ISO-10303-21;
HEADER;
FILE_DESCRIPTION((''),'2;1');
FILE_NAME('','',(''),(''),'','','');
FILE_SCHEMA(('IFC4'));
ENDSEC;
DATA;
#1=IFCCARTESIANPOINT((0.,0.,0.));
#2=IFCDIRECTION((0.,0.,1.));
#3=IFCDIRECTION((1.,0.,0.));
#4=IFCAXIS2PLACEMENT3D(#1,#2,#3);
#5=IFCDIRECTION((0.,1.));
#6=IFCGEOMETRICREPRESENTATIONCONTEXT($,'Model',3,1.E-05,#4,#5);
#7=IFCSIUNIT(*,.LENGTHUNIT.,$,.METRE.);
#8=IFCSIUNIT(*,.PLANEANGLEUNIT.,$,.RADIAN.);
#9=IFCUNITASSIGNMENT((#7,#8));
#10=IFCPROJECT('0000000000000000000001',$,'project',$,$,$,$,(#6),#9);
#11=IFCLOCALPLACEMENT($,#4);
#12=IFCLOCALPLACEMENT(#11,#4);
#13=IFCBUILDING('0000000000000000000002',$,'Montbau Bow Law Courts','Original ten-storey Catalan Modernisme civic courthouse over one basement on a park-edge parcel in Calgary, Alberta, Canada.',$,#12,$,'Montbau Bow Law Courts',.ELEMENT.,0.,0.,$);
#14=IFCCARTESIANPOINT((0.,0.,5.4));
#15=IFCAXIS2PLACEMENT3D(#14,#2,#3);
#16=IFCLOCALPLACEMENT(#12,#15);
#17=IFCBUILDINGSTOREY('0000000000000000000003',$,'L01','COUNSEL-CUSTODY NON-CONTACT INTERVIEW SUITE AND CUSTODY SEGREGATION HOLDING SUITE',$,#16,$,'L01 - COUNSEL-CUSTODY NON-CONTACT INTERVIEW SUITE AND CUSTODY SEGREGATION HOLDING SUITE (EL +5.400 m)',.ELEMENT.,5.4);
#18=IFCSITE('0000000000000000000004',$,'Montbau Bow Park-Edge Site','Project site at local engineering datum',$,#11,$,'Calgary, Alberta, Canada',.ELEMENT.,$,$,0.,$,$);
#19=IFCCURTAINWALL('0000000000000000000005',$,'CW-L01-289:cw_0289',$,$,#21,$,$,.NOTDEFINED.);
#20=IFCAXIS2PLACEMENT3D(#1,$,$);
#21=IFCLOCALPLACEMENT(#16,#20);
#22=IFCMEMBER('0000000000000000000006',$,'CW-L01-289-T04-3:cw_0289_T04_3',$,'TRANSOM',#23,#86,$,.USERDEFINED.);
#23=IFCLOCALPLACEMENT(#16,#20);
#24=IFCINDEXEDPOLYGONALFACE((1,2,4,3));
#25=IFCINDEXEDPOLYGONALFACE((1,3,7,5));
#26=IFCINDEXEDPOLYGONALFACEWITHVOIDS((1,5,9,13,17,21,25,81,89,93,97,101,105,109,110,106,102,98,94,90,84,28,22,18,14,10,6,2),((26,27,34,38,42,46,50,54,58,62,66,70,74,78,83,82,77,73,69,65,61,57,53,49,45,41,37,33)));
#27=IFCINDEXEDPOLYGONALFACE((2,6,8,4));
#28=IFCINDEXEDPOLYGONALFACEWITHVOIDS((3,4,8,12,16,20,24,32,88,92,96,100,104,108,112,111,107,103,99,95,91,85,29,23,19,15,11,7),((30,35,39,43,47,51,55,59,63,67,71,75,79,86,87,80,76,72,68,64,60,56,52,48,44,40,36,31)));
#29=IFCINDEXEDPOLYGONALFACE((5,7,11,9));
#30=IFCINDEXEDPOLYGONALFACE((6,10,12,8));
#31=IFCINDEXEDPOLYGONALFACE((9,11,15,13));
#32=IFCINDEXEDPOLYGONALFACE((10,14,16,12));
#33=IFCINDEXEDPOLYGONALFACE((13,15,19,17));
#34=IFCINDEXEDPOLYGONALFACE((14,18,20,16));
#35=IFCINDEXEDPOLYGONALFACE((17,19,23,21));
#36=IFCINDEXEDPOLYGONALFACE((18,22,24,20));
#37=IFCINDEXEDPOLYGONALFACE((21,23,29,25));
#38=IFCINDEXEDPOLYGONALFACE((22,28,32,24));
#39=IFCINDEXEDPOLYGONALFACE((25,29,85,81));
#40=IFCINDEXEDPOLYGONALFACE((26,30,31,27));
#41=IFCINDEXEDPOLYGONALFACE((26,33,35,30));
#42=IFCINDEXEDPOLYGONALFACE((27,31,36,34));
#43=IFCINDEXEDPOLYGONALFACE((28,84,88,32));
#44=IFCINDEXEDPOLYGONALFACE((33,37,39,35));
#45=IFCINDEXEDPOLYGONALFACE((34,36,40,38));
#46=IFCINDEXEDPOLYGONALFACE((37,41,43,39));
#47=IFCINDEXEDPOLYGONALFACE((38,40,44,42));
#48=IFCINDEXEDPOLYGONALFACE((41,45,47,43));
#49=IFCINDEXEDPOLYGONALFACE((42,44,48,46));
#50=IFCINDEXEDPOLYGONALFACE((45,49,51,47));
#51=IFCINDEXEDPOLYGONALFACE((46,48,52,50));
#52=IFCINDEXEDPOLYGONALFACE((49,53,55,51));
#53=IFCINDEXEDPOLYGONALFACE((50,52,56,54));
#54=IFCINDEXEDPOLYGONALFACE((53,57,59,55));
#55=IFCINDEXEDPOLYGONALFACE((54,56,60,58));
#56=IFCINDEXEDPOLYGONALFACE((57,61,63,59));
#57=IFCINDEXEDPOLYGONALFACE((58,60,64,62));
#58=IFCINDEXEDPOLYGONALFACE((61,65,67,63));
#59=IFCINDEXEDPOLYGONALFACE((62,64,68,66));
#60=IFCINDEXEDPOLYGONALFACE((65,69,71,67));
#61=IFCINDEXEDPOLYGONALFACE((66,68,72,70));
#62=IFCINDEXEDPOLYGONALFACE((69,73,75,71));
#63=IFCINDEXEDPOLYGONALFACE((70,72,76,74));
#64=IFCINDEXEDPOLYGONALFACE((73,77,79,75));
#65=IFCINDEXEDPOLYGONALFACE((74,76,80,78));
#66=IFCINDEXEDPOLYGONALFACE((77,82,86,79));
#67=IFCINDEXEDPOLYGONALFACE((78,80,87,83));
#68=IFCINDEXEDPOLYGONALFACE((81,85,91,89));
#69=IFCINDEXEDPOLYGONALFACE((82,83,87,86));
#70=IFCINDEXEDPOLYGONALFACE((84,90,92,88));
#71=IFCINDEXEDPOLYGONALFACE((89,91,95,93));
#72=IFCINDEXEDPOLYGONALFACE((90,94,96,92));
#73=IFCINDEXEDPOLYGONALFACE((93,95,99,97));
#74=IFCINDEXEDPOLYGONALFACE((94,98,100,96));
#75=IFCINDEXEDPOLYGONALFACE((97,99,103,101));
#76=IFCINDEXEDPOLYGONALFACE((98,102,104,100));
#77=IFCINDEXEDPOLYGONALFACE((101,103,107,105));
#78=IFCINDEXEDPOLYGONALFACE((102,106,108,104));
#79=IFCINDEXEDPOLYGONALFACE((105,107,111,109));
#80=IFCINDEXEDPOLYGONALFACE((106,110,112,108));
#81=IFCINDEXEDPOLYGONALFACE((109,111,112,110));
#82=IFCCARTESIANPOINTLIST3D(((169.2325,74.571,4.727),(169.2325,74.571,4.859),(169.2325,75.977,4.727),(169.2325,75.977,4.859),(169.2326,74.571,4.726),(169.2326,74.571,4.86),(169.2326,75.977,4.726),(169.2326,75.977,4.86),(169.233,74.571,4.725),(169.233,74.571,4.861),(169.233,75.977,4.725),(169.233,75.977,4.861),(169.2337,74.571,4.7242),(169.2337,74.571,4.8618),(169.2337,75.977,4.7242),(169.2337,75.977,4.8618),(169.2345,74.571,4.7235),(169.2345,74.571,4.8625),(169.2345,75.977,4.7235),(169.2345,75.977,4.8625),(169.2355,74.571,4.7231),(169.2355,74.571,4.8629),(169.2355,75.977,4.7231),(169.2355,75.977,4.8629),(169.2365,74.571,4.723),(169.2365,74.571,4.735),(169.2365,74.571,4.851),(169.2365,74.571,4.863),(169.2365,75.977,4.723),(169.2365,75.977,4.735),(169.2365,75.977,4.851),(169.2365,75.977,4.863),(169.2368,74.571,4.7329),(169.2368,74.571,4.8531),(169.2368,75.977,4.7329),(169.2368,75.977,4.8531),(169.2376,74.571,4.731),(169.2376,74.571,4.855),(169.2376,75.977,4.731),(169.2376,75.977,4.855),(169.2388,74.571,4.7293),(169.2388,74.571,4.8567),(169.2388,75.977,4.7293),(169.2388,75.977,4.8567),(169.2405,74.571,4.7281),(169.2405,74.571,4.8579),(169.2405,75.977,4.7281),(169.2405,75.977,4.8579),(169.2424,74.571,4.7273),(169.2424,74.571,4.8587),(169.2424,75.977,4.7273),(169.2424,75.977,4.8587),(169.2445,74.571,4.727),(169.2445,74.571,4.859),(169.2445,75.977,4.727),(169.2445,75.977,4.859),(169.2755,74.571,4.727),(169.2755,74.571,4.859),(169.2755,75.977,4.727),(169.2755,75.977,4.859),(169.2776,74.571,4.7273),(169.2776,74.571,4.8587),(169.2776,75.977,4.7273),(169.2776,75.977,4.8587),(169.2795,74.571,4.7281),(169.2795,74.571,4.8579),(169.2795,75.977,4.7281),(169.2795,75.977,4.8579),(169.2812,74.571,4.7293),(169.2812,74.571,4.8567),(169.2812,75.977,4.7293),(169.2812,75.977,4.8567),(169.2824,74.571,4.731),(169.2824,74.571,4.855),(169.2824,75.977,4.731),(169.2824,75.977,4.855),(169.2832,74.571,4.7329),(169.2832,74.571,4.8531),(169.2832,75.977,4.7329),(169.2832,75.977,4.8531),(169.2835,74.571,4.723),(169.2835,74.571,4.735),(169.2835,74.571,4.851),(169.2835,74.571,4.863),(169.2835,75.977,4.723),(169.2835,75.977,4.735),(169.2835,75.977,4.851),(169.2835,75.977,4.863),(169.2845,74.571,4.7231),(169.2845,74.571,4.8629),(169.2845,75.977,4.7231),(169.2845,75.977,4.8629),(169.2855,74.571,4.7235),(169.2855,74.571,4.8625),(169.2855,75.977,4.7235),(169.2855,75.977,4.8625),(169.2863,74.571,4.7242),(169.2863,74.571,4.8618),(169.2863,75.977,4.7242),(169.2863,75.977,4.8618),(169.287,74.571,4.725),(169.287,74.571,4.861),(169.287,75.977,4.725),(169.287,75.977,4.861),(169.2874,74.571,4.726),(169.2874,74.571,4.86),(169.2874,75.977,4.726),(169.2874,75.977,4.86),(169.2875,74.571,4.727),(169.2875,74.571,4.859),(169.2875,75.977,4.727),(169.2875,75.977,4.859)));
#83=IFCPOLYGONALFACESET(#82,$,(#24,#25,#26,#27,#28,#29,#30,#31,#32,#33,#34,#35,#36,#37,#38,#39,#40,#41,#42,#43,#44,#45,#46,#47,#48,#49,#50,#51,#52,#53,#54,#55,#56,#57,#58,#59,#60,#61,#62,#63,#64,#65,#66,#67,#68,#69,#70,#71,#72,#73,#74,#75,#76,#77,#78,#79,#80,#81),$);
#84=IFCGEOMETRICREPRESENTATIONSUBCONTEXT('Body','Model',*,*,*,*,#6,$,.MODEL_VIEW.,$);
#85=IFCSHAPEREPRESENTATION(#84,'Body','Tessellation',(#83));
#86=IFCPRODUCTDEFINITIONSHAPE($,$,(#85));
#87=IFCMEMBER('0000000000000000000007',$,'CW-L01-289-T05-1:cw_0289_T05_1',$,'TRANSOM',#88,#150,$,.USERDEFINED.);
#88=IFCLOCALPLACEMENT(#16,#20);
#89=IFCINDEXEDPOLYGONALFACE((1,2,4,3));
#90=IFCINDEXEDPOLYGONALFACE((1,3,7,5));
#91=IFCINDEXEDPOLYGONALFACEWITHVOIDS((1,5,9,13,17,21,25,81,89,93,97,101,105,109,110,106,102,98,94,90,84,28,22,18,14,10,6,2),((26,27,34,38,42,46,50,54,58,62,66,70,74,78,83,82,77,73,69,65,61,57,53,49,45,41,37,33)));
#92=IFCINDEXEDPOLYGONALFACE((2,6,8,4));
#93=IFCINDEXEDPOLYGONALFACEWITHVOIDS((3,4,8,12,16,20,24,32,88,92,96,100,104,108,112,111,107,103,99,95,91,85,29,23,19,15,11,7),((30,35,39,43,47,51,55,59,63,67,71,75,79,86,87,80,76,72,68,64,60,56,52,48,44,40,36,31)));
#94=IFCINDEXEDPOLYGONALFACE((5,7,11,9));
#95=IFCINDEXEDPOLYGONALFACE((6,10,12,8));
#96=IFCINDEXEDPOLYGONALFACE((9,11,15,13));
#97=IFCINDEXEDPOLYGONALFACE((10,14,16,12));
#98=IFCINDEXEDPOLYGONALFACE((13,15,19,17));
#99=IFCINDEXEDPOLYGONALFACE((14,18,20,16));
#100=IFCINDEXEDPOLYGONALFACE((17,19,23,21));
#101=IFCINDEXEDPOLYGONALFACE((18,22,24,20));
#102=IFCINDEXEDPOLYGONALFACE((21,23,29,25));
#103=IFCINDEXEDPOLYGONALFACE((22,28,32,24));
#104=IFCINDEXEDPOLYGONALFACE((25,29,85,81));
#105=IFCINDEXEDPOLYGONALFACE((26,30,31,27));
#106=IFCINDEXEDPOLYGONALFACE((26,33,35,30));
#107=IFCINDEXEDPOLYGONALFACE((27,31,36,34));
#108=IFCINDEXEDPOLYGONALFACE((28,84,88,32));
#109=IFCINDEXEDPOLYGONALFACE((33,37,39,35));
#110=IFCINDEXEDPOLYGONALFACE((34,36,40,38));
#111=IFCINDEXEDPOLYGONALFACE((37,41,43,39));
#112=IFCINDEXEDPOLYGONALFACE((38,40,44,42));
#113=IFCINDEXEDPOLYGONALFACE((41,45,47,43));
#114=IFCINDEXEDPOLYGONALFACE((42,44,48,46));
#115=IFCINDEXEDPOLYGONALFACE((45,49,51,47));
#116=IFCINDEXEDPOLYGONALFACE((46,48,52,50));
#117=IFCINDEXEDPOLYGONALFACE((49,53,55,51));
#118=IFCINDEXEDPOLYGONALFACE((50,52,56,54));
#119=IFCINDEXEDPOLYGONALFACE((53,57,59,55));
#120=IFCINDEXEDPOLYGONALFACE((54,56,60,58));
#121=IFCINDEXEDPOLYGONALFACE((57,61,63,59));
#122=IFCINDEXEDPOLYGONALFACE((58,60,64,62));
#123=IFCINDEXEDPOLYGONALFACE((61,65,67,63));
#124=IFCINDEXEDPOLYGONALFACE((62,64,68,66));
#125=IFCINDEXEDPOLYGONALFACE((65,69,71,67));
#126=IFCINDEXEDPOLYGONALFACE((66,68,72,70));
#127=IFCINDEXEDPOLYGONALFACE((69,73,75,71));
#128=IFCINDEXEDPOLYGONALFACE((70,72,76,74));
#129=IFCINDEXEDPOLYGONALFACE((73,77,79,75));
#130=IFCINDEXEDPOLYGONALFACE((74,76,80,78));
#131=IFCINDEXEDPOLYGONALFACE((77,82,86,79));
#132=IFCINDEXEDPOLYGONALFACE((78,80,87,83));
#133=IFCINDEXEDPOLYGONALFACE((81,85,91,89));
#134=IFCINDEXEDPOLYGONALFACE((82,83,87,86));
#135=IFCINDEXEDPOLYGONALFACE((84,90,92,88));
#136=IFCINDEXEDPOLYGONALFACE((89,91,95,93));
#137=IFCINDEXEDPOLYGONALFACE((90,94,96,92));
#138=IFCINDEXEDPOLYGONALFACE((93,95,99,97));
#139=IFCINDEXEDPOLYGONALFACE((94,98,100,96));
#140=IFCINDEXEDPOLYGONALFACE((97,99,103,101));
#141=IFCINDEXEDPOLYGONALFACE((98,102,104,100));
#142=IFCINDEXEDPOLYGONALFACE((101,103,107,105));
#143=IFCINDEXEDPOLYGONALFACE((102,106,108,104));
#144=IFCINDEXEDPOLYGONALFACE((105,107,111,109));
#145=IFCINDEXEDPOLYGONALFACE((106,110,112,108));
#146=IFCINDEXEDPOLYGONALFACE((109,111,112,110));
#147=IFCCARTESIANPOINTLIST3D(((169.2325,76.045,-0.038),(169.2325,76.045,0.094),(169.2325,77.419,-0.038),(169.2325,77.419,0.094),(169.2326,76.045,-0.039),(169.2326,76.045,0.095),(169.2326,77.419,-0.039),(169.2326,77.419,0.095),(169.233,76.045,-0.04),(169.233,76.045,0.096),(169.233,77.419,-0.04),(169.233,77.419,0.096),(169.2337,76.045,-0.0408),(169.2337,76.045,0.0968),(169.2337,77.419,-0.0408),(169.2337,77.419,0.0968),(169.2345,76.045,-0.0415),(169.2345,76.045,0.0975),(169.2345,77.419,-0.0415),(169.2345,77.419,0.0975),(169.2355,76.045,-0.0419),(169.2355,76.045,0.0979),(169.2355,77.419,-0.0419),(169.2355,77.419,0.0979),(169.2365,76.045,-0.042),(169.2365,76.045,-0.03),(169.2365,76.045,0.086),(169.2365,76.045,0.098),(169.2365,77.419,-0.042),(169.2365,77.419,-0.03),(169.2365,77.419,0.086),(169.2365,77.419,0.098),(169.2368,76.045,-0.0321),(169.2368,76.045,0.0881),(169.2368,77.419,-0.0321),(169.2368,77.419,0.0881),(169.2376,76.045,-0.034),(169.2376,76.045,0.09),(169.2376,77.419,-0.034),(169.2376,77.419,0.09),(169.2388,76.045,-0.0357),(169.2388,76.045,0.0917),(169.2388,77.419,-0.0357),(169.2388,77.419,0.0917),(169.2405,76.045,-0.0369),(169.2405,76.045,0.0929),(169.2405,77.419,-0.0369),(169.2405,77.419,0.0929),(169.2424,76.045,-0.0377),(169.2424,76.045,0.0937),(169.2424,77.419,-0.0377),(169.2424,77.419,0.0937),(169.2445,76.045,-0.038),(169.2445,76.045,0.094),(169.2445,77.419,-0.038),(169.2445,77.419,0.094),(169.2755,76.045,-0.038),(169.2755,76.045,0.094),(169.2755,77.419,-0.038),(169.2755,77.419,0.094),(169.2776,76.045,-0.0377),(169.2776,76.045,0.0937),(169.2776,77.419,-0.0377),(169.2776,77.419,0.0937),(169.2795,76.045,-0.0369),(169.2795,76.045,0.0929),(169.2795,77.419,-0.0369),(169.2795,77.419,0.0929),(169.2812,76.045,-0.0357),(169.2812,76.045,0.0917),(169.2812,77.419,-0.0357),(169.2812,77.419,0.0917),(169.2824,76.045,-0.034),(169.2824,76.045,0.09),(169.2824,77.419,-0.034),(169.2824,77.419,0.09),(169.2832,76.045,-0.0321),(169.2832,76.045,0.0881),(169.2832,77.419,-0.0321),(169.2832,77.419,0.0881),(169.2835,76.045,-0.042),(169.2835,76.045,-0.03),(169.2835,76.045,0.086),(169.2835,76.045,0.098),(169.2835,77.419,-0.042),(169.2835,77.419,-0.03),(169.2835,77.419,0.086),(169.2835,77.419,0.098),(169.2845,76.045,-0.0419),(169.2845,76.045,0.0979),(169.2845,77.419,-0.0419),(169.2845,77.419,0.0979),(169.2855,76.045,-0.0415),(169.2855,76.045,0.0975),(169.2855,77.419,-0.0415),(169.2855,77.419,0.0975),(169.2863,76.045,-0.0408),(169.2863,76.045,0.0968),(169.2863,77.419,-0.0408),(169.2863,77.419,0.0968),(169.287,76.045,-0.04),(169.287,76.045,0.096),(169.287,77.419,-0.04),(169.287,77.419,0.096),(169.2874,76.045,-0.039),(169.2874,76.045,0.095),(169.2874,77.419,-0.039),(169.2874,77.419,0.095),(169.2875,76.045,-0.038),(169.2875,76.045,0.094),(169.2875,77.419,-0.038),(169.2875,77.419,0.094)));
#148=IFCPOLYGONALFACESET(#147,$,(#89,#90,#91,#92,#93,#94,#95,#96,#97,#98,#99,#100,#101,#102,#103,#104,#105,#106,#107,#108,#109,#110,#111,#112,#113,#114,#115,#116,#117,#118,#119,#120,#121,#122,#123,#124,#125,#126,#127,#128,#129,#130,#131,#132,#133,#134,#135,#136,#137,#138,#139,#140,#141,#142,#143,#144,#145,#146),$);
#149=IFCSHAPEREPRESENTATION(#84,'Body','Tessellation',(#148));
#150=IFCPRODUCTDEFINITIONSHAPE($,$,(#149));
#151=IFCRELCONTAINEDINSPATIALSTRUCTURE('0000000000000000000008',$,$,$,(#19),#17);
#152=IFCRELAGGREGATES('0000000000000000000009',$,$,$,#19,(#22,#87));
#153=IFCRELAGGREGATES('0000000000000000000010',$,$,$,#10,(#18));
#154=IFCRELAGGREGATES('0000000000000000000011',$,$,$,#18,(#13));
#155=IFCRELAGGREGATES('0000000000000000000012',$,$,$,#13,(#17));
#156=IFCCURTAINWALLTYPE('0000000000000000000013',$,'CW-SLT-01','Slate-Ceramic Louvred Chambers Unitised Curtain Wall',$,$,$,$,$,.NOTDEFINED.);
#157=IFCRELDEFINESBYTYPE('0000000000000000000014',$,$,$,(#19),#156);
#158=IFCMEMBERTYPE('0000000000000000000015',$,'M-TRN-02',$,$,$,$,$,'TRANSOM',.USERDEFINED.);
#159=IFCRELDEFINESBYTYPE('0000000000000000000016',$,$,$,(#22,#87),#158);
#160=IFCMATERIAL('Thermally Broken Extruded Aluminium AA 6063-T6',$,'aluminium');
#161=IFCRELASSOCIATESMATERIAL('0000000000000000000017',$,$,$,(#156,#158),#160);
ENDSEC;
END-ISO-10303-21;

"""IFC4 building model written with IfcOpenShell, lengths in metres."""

from ifc_helpers import new_model, si_unit, direction, frame, origin_with_axes, origin_2d_with_axis, place, context, subcontext, project, spatial, hollow_rectangle, extrude, material, material_profile, profile_set, type_object, element, aggregate, save


model = new_model("IFC4")

# Units and contexts
model_context = context("Model", 3, precision=1e-05, world=origin_with_axes(), true_north=direction((0.0, 1.0)))
body_context = subcontext(model_context, "Body", "Model", "MODEL_VIEW")
ifc_project = project(units=[si_unit("LENGTHUNIT", "METRE"), si_unit("PLANEANGLEUNIT", "RADIAN")], contexts=[model_context])

# Site, building, storey
site_placement = place(None, origin_with_axes())
site = spatial("IfcSite", under=ifc_project, at=site_placement, Name="Montbau Bow Park-Edge Site", Description="Project site at local engineering datum", LongName="Calgary, Alberta, Canada", CompositionType="ELEMENT", RefElevation=0.0)
building_placement = place(site_placement, origin_with_axes())
building = spatial("IfcBuilding", under=site, at=building_placement, Name="Montbau Bow Law Courts", Description="Original ten-storey Catalan Modernisme civic courthouse over one basement on a park-edge parcel in Calgary, Alberta, Canada.", LongName="Montbau Bow Law Courts", CompositionType="ELEMENT", ElevationOfRefHeight=0.0, ElevationOfTerrain=0.0)
storey_placement = place(building_placement, frame((0.0, 0.0, 5.4), z_axis=(0.0, 0.0, 1.0), x_axis=(1.0, 0.0, 0.0)))
storey = spatial("IfcBuildingStorey", under=building, at=storey_placement, Name="L01", Description="COUNSEL-CUSTODY NON-CONTACT INTERVIEW SUITE AND CUSTODY SEGREGATION HOLDING SUITE", LongName="L01 - COUNSEL-CUSTODY NON-CONTACT INTERVIEW SUITE AND CUSTODY SEGREGATION HOLDING SUITE (EL +5.400 m)", CompositionType="ELEMENT", Elevation=5.4)

# Curtain wall
ifc_material_1 = material(Name="Thermally Broken Extruded Aluminium AA 6063-T6", Category="aluminium")
curtain_wall_type = type_object("IfcCurtainWallType", Name="CW-SLT-01", Description="Slate-Ceramic Louvred Chambers Unitised Curtain Wall", PredefinedType="NOTDEFINED", material=ifc_material_1)
curtain_wall_1_placement = place(None, frame((169.26, 70.115, 5.4), z_axis=(0.0, 0.0, 1.0), x_axis=(1.0, 0.0, 0.0)))
curtain_wall_1 = element("IfcCurtainWall", 1, at=curtain_wall_1_placement, inside=storey, type_object=curtain_wall_type, Name="CW-L01-289:cw_0289", PredefinedType="NOTDEFINED")

# Members
ifc_material_profile_1 = material_profile(ifc_material_1, hollow_rectangle(XDim=0.055, YDim=0.14, WallThickness=0.004, InnerFilletRadius=0.008, OuterFilletRadius=0.004, at=origin_2d_with_axis()), Name="CWT-140X55", Category="Main", Priority=0)
ifc_profile_set_1 = profile_set([ifc_material_profile_1], Name="Thermally Broken Extruded Aluminium AA 6063-T6")
member_type_1 = type_object("IfcMemberType", Name="M-TRN-02", ElementType="TRANSOM", PredefinedType="USERDEFINED", material=ifc_profile_set_1)
member_1_placement = place(None, frame((169.26, 74.571, 10.193), z_axis=(0.0, 1.0, 0.0), x_axis=(-1.0, 0.0, 0.0)))
member_1 = element("IfcMember", 2, at=member_1_placement, type_object=member_type_1, Name="CW-L01-289-T04-3:cw_0289_T04_3", ObjectType="TRANSOM", PredefinedType="USERDEFINED", context=body_context, shape_type="SweptSolid", body=[
    extrude(hollow_rectangle(XDim=0.055, YDim=0.14, WallThickness=0.004, InnerFilletRadius=0.008, OuterFilletRadius=0.004, at=origin_2d_with_axis()), origin_with_axes(), (0.0, 0.0, 1.0), 1.406),
])
member_2_placement = place(None, frame((169.26, 76.045, 5.428), z_axis=(0.0, 1.0, 0.0), x_axis=(-1.0, 0.0, 0.0)))
member_2 = element("IfcMember", 3, at=member_2_placement, type_object=member_type_1, Name="CW-L01-289-T05-1:cw_0289_T05_1", ObjectType="TRANSOM", PredefinedType="USERDEFINED", context=body_context, shape_type="SweptSolid", body=[
    extrude(hollow_rectangle(XDim=0.055, YDim=0.14, WallThickness=0.004, InnerFilletRadius=0.008, OuterFilletRadius=0.004, at=origin_2d_with_axis()), origin_with_axes(), (0.0, 0.0, 1.0), 1.374),
])

aggregate(curtain_wall_1, [member_1, member_2])

save(model, "model.ifc")
